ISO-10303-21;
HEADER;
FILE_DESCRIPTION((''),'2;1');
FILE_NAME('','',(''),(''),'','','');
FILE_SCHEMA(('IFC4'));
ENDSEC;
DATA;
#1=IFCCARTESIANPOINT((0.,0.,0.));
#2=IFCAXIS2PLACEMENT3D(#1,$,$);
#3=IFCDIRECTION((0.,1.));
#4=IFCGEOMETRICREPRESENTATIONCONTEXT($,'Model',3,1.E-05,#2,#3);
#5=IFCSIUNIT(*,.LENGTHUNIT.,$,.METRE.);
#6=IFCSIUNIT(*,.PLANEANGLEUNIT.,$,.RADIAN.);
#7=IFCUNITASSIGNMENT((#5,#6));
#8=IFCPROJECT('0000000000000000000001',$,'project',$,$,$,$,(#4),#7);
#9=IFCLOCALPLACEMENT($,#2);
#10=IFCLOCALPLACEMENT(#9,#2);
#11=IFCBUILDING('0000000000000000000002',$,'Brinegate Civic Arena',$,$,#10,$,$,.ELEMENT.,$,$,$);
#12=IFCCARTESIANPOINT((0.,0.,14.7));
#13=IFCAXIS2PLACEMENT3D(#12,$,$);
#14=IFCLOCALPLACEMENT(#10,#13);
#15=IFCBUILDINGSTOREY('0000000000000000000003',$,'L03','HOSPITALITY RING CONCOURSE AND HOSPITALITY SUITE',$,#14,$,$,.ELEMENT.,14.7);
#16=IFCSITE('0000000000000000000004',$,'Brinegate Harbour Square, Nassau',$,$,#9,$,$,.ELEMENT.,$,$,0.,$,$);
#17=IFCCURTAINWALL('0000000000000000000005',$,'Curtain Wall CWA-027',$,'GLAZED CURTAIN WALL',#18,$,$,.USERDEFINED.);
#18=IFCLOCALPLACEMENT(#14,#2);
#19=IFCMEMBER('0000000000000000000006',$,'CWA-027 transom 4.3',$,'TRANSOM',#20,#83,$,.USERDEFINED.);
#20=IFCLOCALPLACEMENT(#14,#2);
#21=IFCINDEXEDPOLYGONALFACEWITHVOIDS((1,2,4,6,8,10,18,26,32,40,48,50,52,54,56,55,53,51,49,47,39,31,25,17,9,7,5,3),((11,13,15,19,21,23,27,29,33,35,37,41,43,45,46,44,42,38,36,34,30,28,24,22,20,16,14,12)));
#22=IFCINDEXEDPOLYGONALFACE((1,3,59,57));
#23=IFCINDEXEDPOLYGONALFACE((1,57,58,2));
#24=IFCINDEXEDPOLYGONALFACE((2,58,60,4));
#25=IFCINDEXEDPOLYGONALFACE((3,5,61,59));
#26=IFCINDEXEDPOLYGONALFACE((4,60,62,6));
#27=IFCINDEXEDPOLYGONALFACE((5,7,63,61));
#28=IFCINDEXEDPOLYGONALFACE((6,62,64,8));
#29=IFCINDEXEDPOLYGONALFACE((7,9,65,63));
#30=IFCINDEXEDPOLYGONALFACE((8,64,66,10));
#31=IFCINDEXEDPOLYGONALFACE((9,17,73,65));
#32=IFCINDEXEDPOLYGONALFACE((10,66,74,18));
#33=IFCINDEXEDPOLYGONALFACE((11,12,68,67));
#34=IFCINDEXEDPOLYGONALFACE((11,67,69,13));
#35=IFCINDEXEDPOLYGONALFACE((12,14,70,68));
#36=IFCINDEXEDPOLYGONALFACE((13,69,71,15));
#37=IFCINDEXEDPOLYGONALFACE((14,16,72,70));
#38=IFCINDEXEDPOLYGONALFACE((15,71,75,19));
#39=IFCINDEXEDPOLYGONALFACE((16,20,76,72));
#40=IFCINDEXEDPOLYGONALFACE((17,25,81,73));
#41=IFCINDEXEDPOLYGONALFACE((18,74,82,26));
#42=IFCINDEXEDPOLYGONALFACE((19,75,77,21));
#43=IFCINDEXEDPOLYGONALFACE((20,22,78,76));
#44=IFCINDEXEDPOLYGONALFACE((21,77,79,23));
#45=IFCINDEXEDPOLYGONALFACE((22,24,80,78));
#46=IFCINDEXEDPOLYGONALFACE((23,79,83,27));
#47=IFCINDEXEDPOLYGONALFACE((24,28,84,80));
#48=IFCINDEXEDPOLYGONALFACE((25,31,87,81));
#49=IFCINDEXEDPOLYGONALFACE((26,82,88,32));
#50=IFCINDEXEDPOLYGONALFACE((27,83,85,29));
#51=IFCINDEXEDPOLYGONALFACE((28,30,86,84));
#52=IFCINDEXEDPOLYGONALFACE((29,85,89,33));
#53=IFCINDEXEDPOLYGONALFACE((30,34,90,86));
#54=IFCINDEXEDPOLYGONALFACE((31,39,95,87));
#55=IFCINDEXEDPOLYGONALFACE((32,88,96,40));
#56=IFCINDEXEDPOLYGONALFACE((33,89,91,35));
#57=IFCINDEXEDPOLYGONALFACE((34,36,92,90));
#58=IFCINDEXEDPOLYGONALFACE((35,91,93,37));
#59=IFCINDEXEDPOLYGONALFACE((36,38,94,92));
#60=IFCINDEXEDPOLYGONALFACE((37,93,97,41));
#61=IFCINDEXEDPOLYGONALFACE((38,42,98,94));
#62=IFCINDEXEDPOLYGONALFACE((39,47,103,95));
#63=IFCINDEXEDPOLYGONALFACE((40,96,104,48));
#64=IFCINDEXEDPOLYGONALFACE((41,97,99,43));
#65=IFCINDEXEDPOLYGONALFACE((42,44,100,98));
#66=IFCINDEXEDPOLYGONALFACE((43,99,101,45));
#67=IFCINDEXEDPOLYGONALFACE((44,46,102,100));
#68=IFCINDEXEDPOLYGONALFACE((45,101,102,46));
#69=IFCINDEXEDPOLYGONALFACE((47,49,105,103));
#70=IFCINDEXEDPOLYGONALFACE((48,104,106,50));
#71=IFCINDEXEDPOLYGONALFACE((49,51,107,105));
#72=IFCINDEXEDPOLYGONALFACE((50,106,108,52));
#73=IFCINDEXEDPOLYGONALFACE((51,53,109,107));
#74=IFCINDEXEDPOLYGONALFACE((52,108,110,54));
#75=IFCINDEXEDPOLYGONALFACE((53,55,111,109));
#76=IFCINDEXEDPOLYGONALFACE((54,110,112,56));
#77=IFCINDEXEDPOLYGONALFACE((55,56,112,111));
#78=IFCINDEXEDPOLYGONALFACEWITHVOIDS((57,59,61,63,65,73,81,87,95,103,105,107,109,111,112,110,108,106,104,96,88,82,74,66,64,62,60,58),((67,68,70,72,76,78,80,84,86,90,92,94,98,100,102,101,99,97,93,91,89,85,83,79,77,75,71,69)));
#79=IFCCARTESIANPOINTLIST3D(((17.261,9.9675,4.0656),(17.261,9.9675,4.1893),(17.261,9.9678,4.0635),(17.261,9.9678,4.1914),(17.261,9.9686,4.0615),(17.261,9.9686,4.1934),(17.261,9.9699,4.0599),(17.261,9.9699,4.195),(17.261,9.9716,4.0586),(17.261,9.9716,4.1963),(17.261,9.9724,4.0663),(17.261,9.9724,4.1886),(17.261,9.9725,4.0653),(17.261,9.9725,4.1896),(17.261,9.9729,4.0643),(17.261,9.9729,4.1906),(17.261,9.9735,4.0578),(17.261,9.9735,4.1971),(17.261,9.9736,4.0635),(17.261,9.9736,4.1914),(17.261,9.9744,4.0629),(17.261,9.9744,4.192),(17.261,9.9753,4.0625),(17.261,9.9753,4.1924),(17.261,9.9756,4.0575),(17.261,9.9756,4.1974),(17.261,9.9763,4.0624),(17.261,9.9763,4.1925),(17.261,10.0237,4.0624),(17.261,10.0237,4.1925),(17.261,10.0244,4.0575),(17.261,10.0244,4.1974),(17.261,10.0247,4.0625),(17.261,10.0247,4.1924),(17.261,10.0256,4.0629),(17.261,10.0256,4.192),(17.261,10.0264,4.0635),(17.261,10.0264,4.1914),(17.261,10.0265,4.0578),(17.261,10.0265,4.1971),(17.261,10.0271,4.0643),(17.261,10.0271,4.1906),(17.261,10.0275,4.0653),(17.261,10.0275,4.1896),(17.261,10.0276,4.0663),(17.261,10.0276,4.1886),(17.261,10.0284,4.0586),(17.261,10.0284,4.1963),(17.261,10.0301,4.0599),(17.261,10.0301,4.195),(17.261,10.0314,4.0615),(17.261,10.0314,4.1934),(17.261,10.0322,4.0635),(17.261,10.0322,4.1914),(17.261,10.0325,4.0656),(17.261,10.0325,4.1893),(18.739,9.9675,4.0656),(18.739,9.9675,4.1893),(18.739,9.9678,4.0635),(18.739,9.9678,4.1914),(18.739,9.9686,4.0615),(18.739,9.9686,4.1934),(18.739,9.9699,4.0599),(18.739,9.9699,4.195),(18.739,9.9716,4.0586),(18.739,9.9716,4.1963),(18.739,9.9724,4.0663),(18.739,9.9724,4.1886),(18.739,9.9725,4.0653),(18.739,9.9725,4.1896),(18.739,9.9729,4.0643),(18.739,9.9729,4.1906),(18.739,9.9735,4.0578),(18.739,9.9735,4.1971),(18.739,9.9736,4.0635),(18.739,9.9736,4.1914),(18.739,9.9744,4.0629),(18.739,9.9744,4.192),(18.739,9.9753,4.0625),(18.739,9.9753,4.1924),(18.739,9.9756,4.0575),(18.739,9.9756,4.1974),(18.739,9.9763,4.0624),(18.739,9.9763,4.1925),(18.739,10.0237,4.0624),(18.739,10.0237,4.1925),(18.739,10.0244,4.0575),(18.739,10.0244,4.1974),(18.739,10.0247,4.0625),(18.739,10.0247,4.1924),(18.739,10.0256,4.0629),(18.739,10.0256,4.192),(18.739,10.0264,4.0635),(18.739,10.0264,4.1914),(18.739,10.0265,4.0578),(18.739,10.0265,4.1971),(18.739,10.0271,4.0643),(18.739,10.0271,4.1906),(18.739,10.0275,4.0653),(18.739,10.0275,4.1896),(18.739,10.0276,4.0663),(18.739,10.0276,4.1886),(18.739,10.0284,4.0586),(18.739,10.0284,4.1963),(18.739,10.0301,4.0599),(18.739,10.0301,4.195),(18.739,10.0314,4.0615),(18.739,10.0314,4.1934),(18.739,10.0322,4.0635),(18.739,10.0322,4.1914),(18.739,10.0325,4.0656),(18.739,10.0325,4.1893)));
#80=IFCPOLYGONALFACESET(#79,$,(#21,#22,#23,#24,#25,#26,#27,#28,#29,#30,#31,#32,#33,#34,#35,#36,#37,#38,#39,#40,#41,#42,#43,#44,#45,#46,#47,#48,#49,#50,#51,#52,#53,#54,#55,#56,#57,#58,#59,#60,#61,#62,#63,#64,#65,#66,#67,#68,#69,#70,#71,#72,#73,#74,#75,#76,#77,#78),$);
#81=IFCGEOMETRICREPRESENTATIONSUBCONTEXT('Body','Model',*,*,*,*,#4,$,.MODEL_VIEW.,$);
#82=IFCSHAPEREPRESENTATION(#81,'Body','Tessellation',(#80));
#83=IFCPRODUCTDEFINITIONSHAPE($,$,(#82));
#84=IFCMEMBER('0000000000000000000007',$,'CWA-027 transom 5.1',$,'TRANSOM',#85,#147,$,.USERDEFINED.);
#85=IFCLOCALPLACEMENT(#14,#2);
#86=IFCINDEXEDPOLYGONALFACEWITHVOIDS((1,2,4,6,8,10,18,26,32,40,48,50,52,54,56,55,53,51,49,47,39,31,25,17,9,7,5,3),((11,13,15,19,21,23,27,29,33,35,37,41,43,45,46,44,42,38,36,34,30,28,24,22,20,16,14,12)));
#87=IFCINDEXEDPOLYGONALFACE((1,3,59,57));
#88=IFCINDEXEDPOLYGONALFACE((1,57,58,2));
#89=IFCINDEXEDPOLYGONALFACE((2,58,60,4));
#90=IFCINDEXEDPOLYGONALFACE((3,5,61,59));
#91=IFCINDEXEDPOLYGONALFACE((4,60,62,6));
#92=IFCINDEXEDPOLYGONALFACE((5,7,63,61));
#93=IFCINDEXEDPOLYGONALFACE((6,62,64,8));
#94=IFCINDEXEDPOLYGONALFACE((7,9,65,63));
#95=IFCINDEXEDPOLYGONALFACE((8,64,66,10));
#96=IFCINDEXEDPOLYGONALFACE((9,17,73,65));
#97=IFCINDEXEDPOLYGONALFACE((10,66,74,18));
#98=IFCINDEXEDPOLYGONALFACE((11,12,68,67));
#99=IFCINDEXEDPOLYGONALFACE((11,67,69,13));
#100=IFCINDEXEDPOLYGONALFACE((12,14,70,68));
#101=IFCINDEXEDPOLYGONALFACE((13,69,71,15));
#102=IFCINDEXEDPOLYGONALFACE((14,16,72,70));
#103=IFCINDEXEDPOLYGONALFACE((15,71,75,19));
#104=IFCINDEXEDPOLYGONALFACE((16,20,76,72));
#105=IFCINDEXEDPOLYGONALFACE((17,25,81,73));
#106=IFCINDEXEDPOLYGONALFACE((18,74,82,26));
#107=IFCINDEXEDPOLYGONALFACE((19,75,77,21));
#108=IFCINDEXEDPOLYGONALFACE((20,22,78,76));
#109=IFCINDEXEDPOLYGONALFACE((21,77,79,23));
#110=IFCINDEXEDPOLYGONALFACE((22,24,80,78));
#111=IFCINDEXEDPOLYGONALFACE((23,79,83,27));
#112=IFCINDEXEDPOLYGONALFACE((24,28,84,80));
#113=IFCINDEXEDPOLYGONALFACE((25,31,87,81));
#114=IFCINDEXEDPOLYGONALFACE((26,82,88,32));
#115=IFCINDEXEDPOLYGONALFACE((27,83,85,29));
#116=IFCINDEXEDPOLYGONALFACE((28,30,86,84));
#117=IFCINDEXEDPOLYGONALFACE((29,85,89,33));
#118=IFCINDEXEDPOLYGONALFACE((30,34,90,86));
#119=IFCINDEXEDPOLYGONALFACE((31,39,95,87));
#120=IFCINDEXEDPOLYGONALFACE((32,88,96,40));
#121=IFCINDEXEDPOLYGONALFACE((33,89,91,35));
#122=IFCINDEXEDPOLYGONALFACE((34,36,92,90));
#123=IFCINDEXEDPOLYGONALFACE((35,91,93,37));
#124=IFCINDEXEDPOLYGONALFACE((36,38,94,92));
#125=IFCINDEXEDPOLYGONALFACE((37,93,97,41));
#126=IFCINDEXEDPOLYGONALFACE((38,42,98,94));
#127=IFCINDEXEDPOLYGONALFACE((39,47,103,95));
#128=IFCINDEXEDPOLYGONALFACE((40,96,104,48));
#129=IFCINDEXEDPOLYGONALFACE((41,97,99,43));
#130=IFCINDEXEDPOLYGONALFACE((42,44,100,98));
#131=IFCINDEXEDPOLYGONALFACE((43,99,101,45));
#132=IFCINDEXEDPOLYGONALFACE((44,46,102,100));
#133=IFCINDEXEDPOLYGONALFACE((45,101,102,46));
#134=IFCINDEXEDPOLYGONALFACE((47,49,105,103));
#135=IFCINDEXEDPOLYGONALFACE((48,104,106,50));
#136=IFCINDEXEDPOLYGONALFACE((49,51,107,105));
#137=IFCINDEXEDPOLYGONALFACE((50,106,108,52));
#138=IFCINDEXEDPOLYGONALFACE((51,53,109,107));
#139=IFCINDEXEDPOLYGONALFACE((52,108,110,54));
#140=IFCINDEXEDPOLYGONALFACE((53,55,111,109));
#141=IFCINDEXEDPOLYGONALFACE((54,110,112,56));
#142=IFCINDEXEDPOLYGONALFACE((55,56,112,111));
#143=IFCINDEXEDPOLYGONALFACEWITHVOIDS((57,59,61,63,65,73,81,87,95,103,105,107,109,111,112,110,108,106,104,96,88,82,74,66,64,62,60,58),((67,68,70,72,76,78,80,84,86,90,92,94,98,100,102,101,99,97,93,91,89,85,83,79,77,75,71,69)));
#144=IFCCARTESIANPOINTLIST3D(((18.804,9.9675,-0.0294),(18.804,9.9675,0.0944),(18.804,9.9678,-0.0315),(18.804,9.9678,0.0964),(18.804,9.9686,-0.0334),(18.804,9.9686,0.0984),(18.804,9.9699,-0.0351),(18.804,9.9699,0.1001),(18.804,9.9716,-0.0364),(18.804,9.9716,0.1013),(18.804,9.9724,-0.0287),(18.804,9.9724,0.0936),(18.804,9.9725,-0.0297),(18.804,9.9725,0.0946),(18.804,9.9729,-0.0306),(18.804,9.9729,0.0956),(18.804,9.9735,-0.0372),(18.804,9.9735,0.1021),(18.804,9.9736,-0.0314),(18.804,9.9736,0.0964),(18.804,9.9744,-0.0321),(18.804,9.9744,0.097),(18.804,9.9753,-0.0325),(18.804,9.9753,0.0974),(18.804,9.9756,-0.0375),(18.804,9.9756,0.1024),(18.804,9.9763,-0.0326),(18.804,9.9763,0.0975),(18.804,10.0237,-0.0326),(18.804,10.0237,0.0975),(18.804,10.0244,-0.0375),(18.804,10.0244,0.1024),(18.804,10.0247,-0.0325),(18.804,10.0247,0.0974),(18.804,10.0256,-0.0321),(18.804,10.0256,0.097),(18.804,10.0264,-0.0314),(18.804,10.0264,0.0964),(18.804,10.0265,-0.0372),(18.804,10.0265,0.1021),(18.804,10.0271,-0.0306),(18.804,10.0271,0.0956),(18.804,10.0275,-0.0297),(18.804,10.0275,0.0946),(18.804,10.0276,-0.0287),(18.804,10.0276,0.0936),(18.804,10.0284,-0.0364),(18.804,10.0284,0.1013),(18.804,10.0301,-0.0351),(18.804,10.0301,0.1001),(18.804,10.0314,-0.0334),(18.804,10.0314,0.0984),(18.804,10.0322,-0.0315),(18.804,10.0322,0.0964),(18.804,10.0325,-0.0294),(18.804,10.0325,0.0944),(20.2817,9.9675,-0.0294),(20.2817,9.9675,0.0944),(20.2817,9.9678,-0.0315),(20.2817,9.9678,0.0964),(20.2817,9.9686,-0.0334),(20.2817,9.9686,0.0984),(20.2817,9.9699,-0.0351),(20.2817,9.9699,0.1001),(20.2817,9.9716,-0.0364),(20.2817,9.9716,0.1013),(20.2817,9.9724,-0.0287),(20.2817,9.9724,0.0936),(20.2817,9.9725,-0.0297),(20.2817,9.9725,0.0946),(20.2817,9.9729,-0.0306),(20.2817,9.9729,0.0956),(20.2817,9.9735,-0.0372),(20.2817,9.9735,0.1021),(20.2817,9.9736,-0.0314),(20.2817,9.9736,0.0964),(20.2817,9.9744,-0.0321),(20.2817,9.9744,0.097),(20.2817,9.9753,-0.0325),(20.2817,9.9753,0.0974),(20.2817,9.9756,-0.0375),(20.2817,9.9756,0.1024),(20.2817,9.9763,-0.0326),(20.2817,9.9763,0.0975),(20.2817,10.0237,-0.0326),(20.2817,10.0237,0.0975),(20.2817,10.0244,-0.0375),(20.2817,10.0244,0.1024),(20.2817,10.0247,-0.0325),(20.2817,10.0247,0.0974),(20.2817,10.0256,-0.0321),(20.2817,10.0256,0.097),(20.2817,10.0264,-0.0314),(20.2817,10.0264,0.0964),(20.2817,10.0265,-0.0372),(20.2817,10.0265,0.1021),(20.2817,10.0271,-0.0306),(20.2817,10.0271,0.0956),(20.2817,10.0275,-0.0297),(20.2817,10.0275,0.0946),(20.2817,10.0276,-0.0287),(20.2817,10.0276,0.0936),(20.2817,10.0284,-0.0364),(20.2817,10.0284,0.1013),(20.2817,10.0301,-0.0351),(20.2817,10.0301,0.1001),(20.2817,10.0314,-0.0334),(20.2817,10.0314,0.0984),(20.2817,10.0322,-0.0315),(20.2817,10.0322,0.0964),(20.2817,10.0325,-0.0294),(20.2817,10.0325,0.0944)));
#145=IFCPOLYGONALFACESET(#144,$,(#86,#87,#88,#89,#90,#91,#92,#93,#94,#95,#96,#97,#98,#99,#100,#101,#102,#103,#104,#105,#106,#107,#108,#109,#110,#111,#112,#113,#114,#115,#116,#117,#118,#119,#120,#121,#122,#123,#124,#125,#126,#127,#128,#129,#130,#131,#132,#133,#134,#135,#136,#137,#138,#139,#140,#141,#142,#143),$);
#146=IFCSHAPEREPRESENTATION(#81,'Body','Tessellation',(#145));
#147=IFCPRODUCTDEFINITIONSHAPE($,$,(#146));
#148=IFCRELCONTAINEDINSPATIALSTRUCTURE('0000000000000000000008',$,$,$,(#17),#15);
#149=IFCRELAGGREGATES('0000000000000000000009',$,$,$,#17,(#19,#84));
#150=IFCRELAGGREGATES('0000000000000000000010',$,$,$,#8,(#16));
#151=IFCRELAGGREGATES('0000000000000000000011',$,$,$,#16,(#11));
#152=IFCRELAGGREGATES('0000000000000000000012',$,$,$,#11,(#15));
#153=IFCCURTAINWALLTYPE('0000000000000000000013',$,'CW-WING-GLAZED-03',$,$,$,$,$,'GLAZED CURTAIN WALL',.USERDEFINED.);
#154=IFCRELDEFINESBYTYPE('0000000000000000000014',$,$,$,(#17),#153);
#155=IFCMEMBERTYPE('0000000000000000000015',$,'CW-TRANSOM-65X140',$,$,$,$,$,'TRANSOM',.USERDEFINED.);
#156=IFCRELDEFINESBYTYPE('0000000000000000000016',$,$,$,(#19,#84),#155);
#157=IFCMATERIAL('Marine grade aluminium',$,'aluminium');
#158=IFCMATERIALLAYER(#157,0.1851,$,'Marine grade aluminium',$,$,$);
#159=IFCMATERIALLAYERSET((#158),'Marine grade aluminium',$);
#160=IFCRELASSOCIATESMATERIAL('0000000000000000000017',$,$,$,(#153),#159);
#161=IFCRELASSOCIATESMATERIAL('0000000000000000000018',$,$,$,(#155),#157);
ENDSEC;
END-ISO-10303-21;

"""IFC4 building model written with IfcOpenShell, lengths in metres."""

from ifc_helpers import new_model, si_unit, direction, frame, origin, origin_2d, place, context, subcontext, project, spatial, hollow_rectangle, extrude, material, layer, layer_set, material_profile, profile_set, type_object, element, aggregate, save


model = new_model("IFC4")

# Units and contexts
model_context = context("Model", 3, precision=1e-05, world=origin(), true_north=direction((0.0, 1.0)))
body_context = subcontext(model_context, "Body", "Model", "MODEL_VIEW")
ifc_project = project(units=[si_unit("LENGTHUNIT", "METRE"), si_unit("PLANEANGLEUNIT", "RADIAN")], contexts=[model_context])

# Site, building, storey
site_placement = place(None, origin())
site = spatial("IfcSite", under=ifc_project, at=site_placement, Name="Brinegate Harbour Square, Nassau", CompositionType="ELEMENT", RefElevation=0.0)
building_placement = place(site_placement, origin())
building = spatial("IfcBuilding", under=site, at=building_placement, Name="Brinegate Civic Arena", CompositionType="ELEMENT")
storey_placement = place(building_placement, frame((0.0, 0.0, 14.7)))
storey = spatial("IfcBuildingStorey", under=building, at=storey_placement, Name="L03", Description="HOSPITALITY RING CONCOURSE AND HOSPITALITY SUITE", CompositionType="ELEMENT", Elevation=14.7)

# Curtain wall
ifc_material_1 = material(Name="Marine grade aluminium", Category="aluminium")
ifc_layer_1 = layer(ifc_material_1, 0.1851, Name="Marine grade aluminium")
ifc_layer_set_1 = layer_set([ifc_layer_1], Name="Marine grade aluminium")
curtain_wall_type = type_object("IfcCurtainWallType", Name="CW-WING-GLAZED-03", ElementType="GLAZED CURTAIN WALL", PredefinedType="USERDEFINED", material=ifc_layer_set_1)
curtain_wall_1_placement = place(storey_placement, origin())
curtain_wall_1 = element("IfcCurtainWall", 1, at=curtain_wall_1_placement, inside=storey, type_object=curtain_wall_type, Name="Curtain Wall CWA-027", ObjectType="GLAZED CURTAIN WALL", PredefinedType="USERDEFINED")

# Members
ifc_material_profile_1 = material_profile(ifc_material_1, hollow_rectangle(XDim=0.0649, YDim=0.1399, WallThickness=0.0049, InnerFilletRadius=0.0039, OuterFilletRadius=0.0081, at=origin_2d()), Name="TRN65X140")
ifc_profile_set_1 = profile_set([ifc_material_profile_1], Name="Marine grade aluminium")
member_type_1 = type_object("IfcMemberType", Name="CW-TRANSOM-65X140", ElementType="TRANSOM", PredefinedType="USERDEFINED", material=ifc_profile_set_1)
member_1_placement = place(storey_placement, frame((17.261, 10.0, 4.1274), z_axis=(1.0, 0.0, 0.0), x_axis=(0.0, 1.0, 0.0)))
member_1 = element("IfcMember", 2, at=member_1_placement, type_object=member_type_1, Name="CWA-027 transom 4.3", ObjectType="TRANSOM", PredefinedType="USERDEFINED", context=body_context, shape_type="SweptSolid", body=[
    extrude(hollow_rectangle(XDim=0.0649, YDim=0.1399, WallThickness=0.0049, InnerFilletRadius=0.0039, OuterFilletRadius=0.0081, at=origin_2d()), origin(), (0.0, 0.0, 1.0), 1.478),
])
member_2_placement = place(storey_placement, frame((18.804, 10.0, 0.0325), z_axis=(1.0, 0.0, 0.0), x_axis=(0.0, 1.0, 0.0)))
member_2 = element("IfcMember", 3, at=member_2_placement, type_object=member_type_1, Name="CWA-027 transom 5.1", ObjectType="TRANSOM", PredefinedType="USERDEFINED", context=body_context, shape_type="SweptSolid", body=[
    extrude(hollow_rectangle(XDim=0.0649, YDim=0.1399, WallThickness=0.0049, InnerFilletRadius=0.0039, OuterFilletRadius=0.0081, at=origin_2d()), origin(), (0.0, 0.0, 1.0), 1.4778),
])

aggregate(curtain_wall_1, [member_1, member_2])

save(model, "model.ifc")
